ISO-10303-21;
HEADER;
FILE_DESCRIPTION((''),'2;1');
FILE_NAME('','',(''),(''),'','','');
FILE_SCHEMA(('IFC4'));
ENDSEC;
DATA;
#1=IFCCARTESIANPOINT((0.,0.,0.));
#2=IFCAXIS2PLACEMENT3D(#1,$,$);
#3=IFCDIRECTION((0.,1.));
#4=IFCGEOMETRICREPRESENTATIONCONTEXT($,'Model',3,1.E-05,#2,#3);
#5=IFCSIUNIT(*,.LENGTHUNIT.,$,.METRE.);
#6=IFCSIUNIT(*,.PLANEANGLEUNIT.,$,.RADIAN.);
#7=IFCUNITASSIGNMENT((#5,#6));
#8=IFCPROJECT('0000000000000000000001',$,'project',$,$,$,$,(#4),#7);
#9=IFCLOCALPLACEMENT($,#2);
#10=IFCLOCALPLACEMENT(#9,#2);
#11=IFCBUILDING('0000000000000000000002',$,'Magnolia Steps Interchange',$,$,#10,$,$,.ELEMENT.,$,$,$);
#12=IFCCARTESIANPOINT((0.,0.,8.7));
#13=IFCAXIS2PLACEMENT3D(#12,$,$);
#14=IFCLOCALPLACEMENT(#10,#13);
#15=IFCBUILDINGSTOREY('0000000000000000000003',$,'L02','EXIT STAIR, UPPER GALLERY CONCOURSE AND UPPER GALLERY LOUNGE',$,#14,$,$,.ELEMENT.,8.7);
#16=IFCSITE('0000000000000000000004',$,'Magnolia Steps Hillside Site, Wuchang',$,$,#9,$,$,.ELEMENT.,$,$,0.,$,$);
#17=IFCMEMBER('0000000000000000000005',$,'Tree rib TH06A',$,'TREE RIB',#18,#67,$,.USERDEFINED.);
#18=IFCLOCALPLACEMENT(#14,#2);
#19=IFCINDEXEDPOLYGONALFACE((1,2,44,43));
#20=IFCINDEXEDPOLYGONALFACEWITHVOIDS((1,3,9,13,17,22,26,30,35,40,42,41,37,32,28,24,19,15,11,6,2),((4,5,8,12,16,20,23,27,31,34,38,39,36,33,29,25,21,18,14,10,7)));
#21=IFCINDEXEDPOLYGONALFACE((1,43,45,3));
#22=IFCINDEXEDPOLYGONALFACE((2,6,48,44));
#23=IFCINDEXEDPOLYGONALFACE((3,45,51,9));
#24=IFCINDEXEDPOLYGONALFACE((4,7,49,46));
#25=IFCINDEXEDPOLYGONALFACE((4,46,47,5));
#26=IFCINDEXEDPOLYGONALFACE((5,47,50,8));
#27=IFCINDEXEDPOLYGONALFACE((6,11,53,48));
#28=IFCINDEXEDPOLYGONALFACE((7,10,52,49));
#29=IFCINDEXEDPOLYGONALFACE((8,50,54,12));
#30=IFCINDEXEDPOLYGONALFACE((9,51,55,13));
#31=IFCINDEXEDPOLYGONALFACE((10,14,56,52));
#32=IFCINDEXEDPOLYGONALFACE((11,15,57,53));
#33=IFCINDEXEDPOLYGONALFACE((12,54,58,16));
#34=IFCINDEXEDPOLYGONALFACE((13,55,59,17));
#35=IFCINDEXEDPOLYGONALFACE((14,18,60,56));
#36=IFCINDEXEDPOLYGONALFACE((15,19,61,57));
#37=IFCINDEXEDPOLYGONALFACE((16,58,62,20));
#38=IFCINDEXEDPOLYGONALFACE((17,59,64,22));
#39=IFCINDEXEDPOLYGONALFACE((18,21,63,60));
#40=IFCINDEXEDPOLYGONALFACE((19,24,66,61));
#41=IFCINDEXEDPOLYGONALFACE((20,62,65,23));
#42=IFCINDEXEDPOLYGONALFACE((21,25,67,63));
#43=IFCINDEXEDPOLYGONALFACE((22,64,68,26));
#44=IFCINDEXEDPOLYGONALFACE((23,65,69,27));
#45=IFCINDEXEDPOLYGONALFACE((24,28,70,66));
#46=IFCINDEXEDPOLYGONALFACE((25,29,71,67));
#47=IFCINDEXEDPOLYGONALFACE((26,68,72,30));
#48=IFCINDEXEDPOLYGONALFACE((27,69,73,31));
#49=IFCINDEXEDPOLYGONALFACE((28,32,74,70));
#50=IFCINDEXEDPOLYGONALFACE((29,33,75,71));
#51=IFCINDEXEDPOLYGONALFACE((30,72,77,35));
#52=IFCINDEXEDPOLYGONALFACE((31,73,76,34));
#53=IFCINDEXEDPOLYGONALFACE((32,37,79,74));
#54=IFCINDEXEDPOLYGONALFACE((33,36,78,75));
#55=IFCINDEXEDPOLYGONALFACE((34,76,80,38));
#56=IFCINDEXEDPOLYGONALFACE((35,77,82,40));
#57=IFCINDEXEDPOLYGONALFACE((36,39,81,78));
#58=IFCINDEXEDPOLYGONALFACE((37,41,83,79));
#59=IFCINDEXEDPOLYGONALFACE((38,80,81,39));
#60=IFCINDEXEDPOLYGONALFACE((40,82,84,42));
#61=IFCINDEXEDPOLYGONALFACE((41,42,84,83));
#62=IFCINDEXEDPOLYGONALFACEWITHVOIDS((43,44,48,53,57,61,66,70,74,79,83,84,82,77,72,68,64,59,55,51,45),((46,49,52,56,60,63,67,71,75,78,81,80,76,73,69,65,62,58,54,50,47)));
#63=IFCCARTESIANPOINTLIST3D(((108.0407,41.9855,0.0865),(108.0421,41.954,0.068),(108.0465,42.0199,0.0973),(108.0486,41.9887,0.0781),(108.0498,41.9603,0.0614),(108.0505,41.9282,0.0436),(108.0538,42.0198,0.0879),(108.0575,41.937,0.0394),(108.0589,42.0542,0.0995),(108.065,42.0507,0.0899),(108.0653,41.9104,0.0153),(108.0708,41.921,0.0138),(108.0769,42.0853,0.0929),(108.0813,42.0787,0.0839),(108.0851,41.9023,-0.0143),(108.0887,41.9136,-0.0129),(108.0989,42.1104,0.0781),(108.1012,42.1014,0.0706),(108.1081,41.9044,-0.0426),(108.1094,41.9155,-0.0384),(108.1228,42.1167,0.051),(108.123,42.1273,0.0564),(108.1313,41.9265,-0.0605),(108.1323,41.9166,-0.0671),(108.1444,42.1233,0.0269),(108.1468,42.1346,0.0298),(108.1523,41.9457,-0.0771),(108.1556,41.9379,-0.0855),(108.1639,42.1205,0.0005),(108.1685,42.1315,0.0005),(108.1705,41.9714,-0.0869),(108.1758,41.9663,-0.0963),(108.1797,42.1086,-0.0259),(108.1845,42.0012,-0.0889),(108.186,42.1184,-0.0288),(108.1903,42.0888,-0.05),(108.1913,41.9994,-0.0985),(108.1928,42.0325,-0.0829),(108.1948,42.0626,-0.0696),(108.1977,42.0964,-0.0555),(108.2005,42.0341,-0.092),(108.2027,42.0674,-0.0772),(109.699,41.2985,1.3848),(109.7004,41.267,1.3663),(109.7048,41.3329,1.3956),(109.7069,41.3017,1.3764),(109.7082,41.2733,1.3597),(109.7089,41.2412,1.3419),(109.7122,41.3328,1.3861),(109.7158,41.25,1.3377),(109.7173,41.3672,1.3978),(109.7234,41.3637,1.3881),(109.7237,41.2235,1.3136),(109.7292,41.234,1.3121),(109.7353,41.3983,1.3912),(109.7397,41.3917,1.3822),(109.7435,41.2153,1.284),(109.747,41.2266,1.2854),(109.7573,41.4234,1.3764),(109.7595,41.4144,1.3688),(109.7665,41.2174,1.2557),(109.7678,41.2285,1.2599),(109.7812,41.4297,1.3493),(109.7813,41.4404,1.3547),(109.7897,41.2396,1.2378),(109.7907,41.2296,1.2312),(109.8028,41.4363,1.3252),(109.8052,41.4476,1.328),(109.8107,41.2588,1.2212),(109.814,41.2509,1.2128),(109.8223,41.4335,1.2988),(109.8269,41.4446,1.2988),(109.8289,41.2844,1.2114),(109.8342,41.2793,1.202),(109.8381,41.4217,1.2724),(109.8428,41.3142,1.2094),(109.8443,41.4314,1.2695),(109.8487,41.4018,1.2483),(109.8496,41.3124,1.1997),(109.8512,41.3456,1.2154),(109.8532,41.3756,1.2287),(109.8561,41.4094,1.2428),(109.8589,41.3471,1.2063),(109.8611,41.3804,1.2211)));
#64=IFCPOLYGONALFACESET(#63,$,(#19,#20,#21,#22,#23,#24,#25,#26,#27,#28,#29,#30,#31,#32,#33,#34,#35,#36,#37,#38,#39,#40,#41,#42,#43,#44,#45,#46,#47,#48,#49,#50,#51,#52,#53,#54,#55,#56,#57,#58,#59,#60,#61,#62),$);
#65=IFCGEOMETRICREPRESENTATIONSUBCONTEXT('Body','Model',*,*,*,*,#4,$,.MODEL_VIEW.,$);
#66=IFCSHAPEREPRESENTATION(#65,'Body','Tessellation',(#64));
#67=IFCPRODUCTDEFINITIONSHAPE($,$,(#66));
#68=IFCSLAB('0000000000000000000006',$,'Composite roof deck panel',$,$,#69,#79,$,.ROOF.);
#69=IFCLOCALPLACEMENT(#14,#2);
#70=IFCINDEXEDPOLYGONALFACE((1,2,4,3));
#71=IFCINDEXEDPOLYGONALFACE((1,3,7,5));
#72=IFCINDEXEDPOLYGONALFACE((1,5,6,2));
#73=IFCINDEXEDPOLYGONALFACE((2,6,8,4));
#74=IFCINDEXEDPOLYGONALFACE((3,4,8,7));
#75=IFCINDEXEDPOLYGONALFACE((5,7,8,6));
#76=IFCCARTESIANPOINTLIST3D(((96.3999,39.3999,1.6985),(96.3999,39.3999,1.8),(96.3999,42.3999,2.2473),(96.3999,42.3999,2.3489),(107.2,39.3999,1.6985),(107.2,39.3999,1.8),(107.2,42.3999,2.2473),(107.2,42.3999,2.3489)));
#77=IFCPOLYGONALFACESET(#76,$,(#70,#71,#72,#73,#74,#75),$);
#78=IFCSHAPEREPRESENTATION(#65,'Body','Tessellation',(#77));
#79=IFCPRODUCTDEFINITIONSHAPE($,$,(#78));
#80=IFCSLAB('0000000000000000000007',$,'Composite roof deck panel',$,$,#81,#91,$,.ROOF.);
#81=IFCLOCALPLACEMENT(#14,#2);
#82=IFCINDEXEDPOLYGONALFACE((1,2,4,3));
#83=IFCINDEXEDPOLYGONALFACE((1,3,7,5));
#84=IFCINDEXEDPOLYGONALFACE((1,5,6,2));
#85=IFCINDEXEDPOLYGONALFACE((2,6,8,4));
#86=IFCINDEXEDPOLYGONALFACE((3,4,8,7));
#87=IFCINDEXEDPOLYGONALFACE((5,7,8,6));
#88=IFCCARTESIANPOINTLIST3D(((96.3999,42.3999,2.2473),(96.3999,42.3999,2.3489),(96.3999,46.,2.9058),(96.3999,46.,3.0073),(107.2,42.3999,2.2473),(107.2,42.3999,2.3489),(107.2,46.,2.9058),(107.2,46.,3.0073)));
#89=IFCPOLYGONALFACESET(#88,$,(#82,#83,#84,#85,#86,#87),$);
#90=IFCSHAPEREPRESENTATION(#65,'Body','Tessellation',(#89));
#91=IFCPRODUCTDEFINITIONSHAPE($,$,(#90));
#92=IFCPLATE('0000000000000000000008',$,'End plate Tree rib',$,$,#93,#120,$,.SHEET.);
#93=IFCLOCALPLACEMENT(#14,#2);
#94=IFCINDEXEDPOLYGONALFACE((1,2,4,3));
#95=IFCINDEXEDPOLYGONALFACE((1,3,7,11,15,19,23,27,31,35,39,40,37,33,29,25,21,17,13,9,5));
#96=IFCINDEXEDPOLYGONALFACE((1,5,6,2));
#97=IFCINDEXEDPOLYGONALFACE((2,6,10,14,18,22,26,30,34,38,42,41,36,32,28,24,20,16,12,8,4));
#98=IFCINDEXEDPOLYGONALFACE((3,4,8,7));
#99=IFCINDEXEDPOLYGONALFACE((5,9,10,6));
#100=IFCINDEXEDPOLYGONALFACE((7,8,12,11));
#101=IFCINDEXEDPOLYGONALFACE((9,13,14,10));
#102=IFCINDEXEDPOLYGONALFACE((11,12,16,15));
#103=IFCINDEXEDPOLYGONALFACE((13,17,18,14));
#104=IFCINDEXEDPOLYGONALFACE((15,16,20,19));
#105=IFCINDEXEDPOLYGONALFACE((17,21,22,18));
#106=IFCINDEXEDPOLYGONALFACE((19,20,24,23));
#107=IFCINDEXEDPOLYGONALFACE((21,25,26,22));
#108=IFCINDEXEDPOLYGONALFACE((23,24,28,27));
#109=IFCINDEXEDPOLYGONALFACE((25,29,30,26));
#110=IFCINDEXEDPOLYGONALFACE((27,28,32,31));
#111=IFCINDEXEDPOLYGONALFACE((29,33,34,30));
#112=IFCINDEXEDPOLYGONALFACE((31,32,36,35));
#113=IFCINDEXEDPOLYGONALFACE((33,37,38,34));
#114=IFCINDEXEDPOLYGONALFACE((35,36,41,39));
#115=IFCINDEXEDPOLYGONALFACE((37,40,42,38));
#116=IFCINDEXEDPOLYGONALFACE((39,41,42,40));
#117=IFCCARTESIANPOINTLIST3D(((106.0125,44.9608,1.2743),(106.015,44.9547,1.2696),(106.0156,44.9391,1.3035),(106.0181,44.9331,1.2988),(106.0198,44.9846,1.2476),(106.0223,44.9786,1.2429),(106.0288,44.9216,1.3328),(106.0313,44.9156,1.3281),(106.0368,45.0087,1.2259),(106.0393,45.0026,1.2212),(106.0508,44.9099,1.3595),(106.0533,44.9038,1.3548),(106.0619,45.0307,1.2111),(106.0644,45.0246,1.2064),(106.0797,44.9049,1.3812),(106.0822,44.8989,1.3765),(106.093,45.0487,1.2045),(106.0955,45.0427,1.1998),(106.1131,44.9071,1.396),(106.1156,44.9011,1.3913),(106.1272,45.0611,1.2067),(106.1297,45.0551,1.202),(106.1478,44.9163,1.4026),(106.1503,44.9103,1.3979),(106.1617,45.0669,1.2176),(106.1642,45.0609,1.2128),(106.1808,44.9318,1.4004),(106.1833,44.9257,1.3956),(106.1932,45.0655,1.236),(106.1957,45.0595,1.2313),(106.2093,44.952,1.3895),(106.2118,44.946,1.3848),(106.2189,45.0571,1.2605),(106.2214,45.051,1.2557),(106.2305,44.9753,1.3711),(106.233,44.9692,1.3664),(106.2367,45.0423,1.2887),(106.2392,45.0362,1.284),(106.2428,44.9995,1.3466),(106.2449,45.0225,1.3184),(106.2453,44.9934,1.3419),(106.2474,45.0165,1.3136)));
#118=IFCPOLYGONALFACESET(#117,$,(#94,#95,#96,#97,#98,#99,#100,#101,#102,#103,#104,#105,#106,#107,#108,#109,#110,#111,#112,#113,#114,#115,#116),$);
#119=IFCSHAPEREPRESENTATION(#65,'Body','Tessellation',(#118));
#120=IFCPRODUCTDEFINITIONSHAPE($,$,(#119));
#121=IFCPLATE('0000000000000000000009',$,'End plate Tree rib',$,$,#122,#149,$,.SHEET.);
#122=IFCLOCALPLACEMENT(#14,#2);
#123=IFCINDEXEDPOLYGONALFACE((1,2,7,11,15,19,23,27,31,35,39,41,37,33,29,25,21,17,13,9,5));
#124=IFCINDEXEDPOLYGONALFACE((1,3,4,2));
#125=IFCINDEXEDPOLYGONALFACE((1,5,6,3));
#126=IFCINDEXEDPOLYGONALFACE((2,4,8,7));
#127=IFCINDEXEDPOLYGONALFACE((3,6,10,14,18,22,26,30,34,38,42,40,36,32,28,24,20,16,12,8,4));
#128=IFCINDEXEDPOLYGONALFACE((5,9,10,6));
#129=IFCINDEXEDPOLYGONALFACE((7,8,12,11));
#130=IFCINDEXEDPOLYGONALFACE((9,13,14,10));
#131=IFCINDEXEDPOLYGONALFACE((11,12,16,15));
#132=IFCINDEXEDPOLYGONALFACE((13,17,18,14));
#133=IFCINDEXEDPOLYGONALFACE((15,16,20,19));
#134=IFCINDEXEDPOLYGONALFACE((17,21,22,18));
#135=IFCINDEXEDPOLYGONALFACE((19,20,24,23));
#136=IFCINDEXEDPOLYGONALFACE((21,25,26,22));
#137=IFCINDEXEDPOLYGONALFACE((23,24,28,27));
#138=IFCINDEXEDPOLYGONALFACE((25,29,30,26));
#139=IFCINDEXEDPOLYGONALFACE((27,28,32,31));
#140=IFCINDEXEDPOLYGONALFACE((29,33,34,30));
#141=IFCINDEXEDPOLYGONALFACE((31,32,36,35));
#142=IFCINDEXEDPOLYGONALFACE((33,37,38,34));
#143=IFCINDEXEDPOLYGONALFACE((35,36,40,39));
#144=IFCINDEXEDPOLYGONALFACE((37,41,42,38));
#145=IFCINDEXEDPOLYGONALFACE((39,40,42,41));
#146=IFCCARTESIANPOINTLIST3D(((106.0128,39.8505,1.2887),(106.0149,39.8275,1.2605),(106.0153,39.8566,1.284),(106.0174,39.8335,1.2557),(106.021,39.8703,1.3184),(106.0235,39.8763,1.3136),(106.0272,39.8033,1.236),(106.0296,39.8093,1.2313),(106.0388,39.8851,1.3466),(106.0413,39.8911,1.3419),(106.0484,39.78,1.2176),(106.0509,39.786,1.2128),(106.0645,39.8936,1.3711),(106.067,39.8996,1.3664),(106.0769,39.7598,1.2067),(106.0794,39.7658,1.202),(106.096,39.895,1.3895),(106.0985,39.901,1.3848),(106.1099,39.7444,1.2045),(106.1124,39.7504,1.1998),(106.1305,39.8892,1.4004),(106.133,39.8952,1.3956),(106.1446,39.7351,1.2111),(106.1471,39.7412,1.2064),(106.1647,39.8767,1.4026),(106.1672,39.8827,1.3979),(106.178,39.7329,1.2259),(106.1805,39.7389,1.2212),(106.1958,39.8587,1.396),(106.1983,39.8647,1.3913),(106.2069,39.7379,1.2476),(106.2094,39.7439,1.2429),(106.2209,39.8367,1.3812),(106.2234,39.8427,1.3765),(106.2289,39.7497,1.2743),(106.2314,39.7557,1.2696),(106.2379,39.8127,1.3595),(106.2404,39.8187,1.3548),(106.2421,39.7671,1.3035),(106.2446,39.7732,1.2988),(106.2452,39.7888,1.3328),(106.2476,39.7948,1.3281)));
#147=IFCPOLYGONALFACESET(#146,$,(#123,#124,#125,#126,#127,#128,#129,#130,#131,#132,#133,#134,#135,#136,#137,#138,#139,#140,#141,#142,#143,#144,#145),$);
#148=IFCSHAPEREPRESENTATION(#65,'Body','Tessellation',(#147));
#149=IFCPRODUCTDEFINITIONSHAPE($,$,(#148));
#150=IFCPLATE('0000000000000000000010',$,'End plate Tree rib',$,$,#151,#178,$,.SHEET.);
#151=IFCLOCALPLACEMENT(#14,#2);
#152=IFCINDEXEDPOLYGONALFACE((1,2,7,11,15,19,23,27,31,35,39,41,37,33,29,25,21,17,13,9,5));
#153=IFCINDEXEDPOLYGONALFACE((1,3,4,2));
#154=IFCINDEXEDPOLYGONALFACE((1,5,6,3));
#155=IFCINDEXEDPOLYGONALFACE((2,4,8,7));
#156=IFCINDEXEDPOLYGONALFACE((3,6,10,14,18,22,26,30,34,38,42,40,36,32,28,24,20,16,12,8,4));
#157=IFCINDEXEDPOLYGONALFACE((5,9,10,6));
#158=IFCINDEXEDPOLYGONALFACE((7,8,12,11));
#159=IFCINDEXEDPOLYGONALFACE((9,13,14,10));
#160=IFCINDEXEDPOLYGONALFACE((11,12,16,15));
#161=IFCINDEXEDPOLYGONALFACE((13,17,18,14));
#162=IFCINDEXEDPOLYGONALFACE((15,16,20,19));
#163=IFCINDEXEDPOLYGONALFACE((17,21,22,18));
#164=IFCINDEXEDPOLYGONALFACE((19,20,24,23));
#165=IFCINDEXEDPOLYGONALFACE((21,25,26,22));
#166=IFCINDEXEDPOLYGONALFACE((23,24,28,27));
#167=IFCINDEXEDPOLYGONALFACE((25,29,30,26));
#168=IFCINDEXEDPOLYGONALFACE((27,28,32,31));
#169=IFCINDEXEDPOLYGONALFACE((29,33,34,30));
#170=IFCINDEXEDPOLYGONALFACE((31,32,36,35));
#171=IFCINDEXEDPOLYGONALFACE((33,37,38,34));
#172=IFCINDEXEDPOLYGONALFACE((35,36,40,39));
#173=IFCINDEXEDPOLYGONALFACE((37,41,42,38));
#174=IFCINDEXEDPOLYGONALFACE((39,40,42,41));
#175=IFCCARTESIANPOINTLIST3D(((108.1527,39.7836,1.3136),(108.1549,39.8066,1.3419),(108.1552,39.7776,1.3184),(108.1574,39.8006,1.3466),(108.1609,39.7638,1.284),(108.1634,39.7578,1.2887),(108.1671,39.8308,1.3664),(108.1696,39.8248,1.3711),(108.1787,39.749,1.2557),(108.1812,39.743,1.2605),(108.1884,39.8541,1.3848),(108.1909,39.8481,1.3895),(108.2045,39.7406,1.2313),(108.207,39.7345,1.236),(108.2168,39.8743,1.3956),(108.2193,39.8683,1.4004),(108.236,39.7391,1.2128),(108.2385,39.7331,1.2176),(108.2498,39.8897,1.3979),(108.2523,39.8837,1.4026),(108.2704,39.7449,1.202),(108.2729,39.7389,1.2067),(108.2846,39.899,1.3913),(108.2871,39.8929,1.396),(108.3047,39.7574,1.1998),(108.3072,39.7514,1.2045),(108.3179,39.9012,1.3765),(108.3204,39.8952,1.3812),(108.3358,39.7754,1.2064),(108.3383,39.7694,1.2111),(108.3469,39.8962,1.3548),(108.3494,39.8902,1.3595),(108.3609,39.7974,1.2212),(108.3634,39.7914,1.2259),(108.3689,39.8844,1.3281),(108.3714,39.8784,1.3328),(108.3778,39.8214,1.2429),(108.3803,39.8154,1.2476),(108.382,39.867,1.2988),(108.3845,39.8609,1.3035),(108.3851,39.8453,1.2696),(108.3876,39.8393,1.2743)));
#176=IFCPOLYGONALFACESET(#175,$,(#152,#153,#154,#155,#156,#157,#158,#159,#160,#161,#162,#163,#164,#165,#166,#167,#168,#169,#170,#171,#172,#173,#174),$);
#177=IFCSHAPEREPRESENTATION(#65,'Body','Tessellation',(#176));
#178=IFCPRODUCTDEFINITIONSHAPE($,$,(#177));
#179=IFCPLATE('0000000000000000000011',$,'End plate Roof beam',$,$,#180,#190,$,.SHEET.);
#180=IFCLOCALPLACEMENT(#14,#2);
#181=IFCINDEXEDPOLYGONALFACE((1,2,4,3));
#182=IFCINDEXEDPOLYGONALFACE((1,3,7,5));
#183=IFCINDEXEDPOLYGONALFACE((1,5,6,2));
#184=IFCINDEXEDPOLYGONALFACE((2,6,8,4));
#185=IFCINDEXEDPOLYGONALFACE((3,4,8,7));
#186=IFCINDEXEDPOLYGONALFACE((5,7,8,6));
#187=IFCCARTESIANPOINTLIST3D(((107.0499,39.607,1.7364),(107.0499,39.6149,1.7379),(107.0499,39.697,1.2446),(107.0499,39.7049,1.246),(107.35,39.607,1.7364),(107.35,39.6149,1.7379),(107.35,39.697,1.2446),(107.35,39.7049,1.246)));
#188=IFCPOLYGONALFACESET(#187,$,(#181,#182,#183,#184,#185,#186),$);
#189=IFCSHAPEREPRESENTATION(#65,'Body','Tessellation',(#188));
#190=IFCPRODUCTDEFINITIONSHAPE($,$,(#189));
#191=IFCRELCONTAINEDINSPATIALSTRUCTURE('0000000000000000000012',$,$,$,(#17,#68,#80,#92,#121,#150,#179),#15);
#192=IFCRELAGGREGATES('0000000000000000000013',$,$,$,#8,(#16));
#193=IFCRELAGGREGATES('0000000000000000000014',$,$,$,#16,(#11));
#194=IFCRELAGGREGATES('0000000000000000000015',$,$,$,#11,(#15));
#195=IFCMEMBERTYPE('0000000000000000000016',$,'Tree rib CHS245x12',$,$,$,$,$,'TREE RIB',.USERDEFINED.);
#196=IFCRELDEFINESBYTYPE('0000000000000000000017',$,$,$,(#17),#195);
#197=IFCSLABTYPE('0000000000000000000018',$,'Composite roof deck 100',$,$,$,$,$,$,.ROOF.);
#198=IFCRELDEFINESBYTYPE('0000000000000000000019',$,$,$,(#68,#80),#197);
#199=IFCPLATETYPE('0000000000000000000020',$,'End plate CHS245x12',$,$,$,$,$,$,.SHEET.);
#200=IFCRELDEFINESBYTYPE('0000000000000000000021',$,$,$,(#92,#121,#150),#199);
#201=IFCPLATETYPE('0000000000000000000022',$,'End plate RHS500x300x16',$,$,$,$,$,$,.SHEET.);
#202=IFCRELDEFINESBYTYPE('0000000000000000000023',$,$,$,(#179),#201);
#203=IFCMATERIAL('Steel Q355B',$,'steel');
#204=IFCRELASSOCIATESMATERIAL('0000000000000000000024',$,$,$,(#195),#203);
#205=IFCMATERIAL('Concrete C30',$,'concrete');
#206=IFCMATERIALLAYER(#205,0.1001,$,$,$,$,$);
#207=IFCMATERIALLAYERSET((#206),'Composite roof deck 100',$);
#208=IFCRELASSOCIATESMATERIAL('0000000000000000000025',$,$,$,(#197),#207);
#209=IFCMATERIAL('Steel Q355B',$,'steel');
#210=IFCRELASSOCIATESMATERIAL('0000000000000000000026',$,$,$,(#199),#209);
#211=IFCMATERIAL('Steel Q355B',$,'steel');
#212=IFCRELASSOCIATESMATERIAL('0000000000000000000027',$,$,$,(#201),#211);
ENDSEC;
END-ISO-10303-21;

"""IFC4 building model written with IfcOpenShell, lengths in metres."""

from ifc_helpers import new_model, si_unit, direction, frame, origin, origin_2d, place, context, subcontext, project, spatial, polyline, rectangle, circle, hollow_circle, outline, extrude, material, layer, layer_set, material_profile, profile_set, type_object, element, save


model = new_model("IFC4")

# Units and contexts
model_context = context("Model", 3, precision=1e-05, world=origin(), true_north=direction((0.0, 1.0)))
body_context = subcontext(model_context, "Body", "Model", "MODEL_VIEW")
ifc_project = project(units=[si_unit("LENGTHUNIT", "METRE"), si_unit("PLANEANGLEUNIT", "RADIAN")], contexts=[model_context])

# Site, building, storey
site_placement = place(None, origin())
site = spatial("IfcSite", under=ifc_project, at=site_placement, Name="Magnolia Steps Hillside Site, Wuchang", CompositionType="ELEMENT", RefElevation=0.0)
building_placement = place(site_placement, origin())
building = spatial("IfcBuilding", under=site, at=building_placement, Name="Magnolia Steps Interchange", CompositionType="ELEMENT")
storey_placement = place(building_placement, frame((0.0, 0.0, 8.7)))
storey = spatial("IfcBuildingStorey", under=building, at=storey_placement, Name="L02", Description="EXIT STAIR, UPPER GALLERY CONCOURSE AND UPPER GALLERY LOUNGE", CompositionType="ELEMENT", Elevation=8.7)

# Member
ifc_material_1 = material(Name="Steel Q355B", Category="steel")
ifc_material_profile_1 = material_profile(ifc_material_1, hollow_circle(Radius=0.1226, WallThickness=0.012, at=origin_2d()), Name="CHS245x12")
ifc_profile_set_1 = profile_set([ifc_material_profile_1], Name="Steel Q355B")
member_type = type_object("IfcMemberType", Name="Tree rib CHS245x12", ElementType="TREE RIB", PredefinedType="USERDEFINED", material=ifc_profile_set_1)
for number, where, z_axis, x_axis, name in (
    (1, (108.1216, 42.0183, 0.0005), (0.74859, -0.310103, 0.586045), (0.382712, 0.923868, 0.0), "Tree rib TH06A"),
):
    element("IfcMember", number, at=place(storey_placement, frame(where, z_axis=z_axis, x_axis=x_axis)), inside=storey, type_object=member_type, Name=name, ObjectType="TREE RIB", PredefinedType="USERDEFINED", context=body_context, shape_type="SweptSolid", body=[
        extrude(hollow_circle(Radius=0.1226, WallThickness=0.012, at=origin_2d()), origin(), (0.0, 0.0, 1.0), 2.2153),
    ])

# Slabs
ifc_material_2 = material(Name="Concrete C30", Category="concrete")
ifc_layer_1 = layer(ifc_material_2, 0.1001)
ifc_layer_set_1 = layer_set([ifc_layer_1], Name="Composite roof deck 100")
slab_type = type_object("IfcSlabType", Name="Composite roof deck 100", PredefinedType="ROOF", material=ifc_layer_set_1)
slab_1_placement = place(storey_placement, frame((107.2, 39.3999, 1.8), z_axis=(0.0, -0.179956, 0.983675), x_axis=(0.0, 0.983675, 0.179956)))
element("IfcSlab", 2, at=slab_1_placement, inside=storey, type_object=slab_type, Name="Composite roof deck panel", PredefinedType="ROOF", context=body_context, shape_type="SweptSolid", body=[
    extrude(outline(polyline([(0.0, 0.0), (3.0498, 0.0), (3.0498, 10.8), (0.0, 10.8), (0.0, 0.0)])), origin(), (-0.179956, 0.0, -0.983675), 0.1016),
])
slab_2_placement = place(storey_placement, frame((107.2, 42.3999, 2.3489), z_axis=(0.0, -0.179913, 0.983683), x_axis=(0.0, 0.983683, 0.179913)))
element("IfcSlab", 3, at=slab_2_placement, inside=storey, type_object=slab_type, Name="Composite roof deck panel", PredefinedType="ROOF", context=body_context, shape_type="SweptSolid", body=[
    extrude(outline(polyline([(0.0, 0.0), (3.6598, 0.0), (3.6598, 10.8), (0.0, 10.8), (0.0, 0.0)])), origin(), (-0.179913, 0.0, -0.983683), 0.1016),
])

# Plates
ifc_material_3 = material(Name="Steel Q355B", Category="steel")
ifc_material_profile_2 = material_profile(ifc_material_3, circle(Radius=0.1226, at=origin_2d()), Name="End plate CHS245x12")
ifc_profile_set_2 = profile_set([ifc_material_profile_2], Name="Steel Q355B")
plate_type_1 = type_object("IfcPlateType", Name="End plate CHS245x12", PredefinedType="SHEET", material=ifc_profile_set_2)
for number, where, z_axis, x_axis, name in (
    (4, (106.1313, 44.98, 1.2988), (-0.310071, 0.748578, 0.586078), (-0.92388, -0.382683, 0.0), "End plate Tree rib"),
    (5, (106.1313, 39.8201, 1.2988), (-0.310071, -0.748578, 0.586078), (0.92388, -0.382683, 0.0), "End plate Tree rib"),
    (6, (108.2688, 39.8201, 1.2988), (0.310071, -0.748578, 0.586078), (0.92388, 0.382683, 0.0), "End plate Tree rib"),
):
    element("IfcPlate", number, at=place(storey_placement, frame(where, z_axis=z_axis, x_axis=x_axis)), inside=storey, type_object=plate_type_1, Name=name, PredefinedType="SHEET", context=body_context, shape_type="SweptSolid", body=[
        extrude(circle(Radius=0.1226, at=origin_2d()), origin(), (0.0, 0.0, 1.0), 0.0081),
    ])
ifc_material_4 = material(Name="Steel Q355B", Category="steel")
ifc_material_profile_3 = material_profile(ifc_material_4, rectangle(XDim=0.3, YDim=0.5, at=origin_2d()), Name="End plate RHS500x300x16")
ifc_profile_set_3 = profile_set([ifc_material_profile_3], Name="Steel Q355B")
plate_type_2 = type_object("IfcPlateType", Name="End plate RHS500x300x16", PredefinedType="SHEET", material=ifc_profile_set_3)
plate_1_placement = place(storey_placement, frame((107.2, 39.6599, 1.4919), z_axis=(0.0, -0.983683, -0.179911), x_axis=(1.0, 0.0, 0.0)))
element("IfcPlate", 7, at=plate_1_placement, inside=storey, type_object=plate_type_2, Name="End plate Roof beam", PredefinedType="SHEET", context=body_context, shape_type="SweptSolid", body=[
    extrude(rectangle(XDim=0.3, YDim=0.5, at=origin_2d()), origin(), (0.0, 0.0, 1.0), 0.0081),
])

save(model, "model.ifc")
